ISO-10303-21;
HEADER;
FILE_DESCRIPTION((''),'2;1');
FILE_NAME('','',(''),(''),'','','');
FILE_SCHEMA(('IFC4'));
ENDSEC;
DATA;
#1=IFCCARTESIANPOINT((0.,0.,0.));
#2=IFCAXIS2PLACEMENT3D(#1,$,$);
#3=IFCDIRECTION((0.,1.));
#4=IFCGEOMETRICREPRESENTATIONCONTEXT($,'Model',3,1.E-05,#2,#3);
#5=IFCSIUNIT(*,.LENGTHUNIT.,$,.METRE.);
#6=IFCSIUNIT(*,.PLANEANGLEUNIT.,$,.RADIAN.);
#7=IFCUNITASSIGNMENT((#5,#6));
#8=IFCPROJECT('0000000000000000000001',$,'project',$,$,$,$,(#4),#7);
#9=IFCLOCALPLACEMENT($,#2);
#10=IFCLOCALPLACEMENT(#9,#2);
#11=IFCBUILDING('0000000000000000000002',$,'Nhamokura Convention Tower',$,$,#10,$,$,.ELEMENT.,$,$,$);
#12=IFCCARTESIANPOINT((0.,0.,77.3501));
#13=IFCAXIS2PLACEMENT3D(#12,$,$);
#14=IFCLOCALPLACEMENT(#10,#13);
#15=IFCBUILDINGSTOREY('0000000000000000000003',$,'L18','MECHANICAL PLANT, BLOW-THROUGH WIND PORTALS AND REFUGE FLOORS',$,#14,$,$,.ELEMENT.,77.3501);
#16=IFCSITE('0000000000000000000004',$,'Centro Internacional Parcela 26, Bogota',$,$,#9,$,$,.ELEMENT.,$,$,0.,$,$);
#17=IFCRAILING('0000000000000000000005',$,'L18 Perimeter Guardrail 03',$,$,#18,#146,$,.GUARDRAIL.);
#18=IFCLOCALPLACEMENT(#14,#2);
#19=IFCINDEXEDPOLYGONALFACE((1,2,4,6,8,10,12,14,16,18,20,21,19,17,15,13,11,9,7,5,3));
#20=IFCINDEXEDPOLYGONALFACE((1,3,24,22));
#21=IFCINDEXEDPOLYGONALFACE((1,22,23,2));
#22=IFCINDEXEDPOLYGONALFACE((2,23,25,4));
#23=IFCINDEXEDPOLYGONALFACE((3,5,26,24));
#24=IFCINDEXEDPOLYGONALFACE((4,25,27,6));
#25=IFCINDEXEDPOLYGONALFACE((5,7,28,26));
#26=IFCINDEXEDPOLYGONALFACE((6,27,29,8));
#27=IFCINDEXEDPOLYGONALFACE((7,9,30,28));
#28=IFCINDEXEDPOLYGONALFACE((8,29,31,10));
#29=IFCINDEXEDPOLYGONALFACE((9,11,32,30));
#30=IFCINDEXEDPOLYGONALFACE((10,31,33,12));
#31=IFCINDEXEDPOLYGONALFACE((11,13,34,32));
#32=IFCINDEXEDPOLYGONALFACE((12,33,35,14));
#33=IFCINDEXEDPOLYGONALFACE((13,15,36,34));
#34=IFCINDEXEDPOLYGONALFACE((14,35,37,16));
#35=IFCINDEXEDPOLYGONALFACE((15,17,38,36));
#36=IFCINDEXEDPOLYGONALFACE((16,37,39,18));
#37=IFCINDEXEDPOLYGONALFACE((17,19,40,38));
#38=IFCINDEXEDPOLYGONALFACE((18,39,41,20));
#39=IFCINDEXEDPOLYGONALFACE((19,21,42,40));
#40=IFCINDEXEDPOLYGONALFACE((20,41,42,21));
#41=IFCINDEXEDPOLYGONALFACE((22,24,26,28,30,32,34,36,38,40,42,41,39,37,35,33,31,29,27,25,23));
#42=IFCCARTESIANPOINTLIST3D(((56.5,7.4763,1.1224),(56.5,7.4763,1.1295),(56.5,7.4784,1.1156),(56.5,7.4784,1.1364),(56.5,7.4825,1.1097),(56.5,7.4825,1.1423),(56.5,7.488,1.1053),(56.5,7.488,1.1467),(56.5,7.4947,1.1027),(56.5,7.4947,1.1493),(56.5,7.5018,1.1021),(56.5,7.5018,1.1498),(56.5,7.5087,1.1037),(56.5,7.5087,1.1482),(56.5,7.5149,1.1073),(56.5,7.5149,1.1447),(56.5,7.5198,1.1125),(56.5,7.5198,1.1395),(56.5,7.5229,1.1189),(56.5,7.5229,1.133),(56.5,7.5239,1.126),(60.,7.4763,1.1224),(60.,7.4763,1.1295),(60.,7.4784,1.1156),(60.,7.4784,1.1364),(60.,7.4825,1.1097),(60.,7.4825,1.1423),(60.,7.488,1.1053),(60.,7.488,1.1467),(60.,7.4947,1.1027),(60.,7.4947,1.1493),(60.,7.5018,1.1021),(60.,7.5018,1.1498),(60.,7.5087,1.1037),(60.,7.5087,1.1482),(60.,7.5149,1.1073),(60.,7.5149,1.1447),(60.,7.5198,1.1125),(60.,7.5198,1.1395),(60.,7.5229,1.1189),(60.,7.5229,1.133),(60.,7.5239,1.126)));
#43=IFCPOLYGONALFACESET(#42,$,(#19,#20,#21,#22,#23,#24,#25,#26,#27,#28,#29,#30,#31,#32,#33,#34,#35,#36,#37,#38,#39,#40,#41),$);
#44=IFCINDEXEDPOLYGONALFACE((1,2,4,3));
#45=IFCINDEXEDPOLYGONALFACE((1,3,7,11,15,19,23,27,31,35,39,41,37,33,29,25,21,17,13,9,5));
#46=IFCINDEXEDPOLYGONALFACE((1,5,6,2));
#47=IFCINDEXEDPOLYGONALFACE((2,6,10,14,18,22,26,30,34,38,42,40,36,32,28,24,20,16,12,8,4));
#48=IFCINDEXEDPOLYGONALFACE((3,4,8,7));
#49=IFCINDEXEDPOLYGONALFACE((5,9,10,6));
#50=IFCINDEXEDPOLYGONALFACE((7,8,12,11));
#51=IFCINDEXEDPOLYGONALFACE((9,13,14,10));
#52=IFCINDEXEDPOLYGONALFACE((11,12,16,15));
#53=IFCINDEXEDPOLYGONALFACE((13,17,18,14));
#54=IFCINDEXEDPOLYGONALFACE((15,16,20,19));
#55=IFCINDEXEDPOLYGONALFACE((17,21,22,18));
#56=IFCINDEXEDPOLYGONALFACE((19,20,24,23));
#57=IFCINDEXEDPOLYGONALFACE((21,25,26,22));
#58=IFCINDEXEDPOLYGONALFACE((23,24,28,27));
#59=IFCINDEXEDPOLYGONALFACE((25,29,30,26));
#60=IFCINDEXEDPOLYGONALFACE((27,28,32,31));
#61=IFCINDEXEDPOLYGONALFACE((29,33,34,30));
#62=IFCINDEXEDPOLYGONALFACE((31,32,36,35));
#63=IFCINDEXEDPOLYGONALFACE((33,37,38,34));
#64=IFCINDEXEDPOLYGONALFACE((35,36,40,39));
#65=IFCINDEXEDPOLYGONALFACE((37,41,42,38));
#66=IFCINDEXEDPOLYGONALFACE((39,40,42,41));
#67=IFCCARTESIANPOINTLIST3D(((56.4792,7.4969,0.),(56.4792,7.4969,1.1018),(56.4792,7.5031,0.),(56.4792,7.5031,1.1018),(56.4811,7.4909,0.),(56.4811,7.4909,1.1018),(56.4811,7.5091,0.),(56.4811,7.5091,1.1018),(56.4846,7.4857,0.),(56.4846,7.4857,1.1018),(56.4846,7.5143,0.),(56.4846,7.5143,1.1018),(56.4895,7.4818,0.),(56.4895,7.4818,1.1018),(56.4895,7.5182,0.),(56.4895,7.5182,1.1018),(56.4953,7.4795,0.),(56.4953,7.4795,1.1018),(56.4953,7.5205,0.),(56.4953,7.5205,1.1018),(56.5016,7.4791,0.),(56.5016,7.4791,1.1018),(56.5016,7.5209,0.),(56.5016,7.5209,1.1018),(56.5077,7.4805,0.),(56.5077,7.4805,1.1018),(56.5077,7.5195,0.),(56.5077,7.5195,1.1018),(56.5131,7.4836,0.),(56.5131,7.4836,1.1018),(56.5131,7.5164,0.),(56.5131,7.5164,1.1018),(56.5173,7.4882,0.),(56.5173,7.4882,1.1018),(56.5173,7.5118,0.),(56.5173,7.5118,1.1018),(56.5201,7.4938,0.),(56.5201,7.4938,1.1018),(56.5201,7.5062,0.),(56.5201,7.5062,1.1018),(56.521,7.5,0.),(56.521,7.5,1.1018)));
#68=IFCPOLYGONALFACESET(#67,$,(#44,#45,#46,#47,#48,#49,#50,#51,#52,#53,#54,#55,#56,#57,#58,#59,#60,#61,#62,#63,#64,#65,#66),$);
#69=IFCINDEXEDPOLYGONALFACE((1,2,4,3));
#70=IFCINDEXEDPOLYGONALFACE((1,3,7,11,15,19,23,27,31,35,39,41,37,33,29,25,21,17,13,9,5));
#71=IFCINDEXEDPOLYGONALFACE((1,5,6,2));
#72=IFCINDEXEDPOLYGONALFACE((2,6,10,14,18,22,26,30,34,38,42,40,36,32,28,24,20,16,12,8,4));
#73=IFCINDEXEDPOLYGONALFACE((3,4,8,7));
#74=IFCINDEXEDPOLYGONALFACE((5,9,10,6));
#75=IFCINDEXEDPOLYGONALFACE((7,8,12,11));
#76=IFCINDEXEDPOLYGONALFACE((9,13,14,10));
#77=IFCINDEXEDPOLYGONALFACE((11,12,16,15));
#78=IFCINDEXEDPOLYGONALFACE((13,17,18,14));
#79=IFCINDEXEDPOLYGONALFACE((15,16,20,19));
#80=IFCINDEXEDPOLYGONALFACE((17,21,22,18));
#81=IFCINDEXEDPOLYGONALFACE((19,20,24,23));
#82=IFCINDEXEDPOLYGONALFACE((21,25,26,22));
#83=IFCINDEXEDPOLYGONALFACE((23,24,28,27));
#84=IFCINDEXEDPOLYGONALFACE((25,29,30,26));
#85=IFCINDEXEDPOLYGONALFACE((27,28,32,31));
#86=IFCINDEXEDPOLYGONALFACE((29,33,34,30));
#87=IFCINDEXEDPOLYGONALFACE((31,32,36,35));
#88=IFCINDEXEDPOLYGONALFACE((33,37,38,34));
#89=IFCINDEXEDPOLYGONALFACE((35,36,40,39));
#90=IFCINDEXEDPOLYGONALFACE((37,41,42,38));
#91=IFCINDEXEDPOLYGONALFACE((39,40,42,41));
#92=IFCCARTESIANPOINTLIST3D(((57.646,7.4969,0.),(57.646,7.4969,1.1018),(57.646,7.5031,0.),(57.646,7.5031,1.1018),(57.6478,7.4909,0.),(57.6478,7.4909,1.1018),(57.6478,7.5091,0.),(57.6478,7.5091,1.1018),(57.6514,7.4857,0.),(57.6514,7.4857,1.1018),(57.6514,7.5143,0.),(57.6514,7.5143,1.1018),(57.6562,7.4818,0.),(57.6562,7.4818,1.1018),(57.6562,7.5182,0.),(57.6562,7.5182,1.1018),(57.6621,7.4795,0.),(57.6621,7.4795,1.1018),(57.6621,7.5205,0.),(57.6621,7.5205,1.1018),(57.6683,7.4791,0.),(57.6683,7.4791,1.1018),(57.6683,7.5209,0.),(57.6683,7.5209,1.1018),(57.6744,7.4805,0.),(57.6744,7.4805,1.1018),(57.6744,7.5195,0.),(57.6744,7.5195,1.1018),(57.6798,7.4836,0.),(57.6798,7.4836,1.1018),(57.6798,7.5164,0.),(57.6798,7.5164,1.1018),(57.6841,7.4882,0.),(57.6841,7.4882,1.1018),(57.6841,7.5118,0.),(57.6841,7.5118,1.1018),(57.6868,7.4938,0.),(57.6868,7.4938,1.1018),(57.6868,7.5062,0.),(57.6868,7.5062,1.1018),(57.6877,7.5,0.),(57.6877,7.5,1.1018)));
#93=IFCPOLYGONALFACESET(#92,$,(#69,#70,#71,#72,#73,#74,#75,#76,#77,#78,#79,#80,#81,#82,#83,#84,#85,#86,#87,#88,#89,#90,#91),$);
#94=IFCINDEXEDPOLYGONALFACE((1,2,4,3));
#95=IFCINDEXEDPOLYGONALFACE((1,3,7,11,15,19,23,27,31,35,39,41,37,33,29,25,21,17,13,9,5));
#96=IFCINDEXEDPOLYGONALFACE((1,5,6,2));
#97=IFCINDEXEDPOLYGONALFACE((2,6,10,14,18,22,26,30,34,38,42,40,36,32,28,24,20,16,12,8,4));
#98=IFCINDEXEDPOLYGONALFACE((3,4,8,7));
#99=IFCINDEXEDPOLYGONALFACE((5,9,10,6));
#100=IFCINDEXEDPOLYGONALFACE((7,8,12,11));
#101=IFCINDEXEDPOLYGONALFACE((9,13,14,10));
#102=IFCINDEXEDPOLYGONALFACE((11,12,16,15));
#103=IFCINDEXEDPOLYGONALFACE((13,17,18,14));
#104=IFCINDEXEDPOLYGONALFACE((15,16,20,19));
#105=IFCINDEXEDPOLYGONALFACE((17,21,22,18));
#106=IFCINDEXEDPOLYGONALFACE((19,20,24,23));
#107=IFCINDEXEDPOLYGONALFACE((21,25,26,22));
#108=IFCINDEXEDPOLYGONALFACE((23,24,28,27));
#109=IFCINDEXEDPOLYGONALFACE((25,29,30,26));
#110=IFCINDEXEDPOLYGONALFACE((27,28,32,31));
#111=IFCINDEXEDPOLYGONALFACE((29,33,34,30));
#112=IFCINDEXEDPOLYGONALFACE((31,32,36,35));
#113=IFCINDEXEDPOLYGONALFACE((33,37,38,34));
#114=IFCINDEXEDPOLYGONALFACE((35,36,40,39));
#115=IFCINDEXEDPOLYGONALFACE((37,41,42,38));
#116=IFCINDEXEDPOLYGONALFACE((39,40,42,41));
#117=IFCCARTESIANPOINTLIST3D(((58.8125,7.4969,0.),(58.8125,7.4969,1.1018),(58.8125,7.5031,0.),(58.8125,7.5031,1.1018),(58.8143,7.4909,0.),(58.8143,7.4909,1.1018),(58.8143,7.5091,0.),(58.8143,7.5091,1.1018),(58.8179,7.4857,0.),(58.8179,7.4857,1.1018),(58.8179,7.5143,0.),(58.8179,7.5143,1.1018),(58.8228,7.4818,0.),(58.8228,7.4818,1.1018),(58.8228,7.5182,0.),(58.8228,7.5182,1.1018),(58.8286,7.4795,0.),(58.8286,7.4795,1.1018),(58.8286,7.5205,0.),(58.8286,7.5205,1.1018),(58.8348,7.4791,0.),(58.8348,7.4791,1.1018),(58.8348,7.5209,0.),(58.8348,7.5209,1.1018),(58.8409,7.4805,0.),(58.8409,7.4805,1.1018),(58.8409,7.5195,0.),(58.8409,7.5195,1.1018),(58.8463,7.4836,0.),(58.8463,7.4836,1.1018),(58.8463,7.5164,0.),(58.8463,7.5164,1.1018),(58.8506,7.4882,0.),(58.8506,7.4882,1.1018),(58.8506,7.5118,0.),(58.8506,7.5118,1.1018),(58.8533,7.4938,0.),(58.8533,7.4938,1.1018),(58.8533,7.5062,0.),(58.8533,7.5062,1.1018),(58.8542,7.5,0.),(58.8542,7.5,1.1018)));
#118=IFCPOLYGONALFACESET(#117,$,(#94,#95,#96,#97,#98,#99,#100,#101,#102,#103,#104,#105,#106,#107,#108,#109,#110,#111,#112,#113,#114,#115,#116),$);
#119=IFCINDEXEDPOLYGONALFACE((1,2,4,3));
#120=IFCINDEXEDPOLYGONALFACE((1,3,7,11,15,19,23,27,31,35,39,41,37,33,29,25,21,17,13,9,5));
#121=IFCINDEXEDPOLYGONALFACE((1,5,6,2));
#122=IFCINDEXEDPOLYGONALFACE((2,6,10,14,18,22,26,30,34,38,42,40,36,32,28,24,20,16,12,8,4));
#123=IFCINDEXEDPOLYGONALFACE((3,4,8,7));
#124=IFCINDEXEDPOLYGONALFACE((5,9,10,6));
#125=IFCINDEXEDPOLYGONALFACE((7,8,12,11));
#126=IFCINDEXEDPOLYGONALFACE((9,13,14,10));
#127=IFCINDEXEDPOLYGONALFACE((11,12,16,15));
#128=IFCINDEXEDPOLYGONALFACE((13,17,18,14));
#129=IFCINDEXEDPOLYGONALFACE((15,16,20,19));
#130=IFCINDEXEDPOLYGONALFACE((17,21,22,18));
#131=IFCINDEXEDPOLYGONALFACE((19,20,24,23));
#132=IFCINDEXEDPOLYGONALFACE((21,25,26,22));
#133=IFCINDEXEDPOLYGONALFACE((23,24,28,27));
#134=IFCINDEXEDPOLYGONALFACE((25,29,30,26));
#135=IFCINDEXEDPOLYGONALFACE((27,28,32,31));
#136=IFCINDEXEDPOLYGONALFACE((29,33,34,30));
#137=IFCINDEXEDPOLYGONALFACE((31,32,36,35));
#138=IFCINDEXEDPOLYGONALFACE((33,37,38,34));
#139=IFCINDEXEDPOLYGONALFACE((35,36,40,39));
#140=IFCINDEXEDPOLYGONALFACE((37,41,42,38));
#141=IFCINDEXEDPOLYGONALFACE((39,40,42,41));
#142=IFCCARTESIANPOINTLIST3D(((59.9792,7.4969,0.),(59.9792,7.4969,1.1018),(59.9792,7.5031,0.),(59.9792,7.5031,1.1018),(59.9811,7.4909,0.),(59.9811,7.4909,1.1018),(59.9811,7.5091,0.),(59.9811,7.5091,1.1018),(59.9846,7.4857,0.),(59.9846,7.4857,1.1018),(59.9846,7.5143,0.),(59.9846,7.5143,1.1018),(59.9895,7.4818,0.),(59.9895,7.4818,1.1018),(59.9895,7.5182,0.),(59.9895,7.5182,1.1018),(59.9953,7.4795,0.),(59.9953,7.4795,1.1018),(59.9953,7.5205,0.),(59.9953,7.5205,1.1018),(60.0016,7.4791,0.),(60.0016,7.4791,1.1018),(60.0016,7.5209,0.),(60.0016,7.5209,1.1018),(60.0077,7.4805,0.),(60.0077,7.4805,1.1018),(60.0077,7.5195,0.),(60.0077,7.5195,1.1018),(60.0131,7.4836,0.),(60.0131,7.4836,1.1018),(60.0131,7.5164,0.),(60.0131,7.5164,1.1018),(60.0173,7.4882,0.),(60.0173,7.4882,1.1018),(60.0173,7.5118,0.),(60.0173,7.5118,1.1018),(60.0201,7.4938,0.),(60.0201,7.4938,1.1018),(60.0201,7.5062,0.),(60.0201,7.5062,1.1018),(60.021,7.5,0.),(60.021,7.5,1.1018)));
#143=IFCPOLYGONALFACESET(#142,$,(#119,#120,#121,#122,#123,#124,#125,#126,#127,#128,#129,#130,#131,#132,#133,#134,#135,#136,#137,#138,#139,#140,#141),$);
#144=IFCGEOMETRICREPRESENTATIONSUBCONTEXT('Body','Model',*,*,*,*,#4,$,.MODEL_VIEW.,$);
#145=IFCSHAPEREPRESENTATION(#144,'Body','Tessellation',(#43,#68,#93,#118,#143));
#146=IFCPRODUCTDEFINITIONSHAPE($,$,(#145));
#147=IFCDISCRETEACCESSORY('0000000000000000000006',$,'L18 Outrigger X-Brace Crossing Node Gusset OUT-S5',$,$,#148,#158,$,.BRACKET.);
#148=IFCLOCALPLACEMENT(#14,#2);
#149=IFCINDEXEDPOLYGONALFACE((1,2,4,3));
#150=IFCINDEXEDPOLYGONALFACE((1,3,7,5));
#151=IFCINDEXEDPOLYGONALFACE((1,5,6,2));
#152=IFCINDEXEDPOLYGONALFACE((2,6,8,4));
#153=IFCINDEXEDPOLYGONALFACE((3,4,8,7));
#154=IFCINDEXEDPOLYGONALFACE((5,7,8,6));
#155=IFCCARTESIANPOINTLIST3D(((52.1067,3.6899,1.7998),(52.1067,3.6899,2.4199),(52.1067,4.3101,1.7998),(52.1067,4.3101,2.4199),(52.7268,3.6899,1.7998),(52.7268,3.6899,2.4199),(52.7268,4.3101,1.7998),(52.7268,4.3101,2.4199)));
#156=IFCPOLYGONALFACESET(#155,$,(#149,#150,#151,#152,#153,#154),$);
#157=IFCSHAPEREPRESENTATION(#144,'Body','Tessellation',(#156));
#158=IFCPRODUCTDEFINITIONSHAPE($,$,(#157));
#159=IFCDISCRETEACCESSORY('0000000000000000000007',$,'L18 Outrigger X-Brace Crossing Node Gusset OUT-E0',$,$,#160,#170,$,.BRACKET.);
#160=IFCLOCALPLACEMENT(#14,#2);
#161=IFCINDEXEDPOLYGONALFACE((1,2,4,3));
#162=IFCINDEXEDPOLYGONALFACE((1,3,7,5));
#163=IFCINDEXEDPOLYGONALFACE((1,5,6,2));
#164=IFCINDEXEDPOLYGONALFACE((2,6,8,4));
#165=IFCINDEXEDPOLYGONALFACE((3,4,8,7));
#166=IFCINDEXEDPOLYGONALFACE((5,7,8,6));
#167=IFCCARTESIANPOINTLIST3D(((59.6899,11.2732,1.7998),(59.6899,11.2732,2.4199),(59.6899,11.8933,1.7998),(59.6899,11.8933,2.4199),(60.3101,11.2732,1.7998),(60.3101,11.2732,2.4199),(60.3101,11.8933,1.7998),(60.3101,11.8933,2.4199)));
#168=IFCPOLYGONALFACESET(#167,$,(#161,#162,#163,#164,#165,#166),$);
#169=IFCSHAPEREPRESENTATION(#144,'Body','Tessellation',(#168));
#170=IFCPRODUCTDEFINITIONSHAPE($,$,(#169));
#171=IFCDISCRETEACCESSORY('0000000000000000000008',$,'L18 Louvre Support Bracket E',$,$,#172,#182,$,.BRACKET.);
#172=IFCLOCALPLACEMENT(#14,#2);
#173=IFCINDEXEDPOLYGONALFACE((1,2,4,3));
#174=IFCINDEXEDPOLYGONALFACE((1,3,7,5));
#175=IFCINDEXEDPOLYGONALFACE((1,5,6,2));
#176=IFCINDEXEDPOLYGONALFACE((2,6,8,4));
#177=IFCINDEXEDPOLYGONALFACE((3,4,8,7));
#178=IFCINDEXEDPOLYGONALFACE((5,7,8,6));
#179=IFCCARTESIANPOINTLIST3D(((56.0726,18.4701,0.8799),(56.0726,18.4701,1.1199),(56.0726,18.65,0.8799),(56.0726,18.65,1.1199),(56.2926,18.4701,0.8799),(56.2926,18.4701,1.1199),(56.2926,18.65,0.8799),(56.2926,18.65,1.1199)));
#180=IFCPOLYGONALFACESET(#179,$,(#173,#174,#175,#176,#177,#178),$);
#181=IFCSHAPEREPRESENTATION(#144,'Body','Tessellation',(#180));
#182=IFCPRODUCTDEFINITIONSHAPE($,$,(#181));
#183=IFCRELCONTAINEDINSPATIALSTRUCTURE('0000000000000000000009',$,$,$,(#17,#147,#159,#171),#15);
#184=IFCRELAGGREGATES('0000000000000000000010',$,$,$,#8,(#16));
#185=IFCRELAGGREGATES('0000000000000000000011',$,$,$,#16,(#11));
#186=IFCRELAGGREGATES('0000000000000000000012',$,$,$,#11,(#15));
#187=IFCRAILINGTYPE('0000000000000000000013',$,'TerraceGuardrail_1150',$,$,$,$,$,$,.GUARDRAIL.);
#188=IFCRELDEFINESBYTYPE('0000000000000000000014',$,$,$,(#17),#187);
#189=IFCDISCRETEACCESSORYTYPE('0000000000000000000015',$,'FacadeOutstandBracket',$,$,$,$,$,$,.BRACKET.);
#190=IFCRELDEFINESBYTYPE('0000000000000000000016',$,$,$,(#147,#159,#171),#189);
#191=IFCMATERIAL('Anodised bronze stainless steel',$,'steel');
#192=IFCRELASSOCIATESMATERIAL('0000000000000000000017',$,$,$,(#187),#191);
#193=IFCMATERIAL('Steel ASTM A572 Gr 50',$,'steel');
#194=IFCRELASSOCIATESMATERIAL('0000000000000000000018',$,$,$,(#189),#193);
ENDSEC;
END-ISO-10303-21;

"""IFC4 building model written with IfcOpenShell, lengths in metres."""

from ifc_helpers import new_model, si_unit, direction, frame, origin, origin_2d, place, context, subcontext, project, spatial, rectangle, circle, extrude, material, type_object, element, save


model = new_model("IFC4")

# Units and contexts
model_context = context("Model", 3, precision=1e-05, world=origin(), true_north=direction((0.0, 1.0)))
body_context = subcontext(model_context, "Body", "Model", "MODEL_VIEW")
ifc_project = project(units=[si_unit("LENGTHUNIT", "METRE"), si_unit("PLANEANGLEUNIT", "RADIAN")], contexts=[model_context])

# Site, building, storey
site_placement = place(None, origin())
site = spatial("IfcSite", under=ifc_project, at=site_placement, Name="Centro Internacional Parcela 26, Bogota", CompositionType="ELEMENT", RefElevation=0.0)
building_placement = place(site_placement, origin())
building = spatial("IfcBuilding", under=site, at=building_placement, Name="Nhamokura Convention Tower", CompositionType="ELEMENT")
storey_placement = place(building_placement, frame((0.0, 0.0, 77.3501)))
storey = spatial("IfcBuildingStorey", under=building, at=storey_placement, Name="L18", Description="MECHANICAL PLANT, BLOW-THROUGH WIND PORTALS AND REFUGE FLOORS", CompositionType="ELEMENT", Elevation=77.3501)

# Railing
ifc_material_1 = material(Name="Anodised bronze stainless steel", Category="steel")
railing_type = type_object("IfcRailingType", Name="TerraceGuardrail_1150", PredefinedType="GUARDRAIL", material=ifc_material_1)
railing_1_placement = place(storey_placement, frame((56.5, 7.5, 0.0)))
element("IfcRailing", 1, at=railing_1_placement, inside=storey, type_object=railing_type, Name="L18 Perimeter Guardrail 03", PredefinedType="GUARDRAIL", context=body_context, shape_type="SweptSolid", body=[
    extrude(circle(Radius=0.0239, at=origin_2d()), frame((0.0, 0.0, 1.126), z_axis=(1.0, 0.0, 0.0), x_axis=(0.0, 1.0, 0.0)), (0.0, 0.0, 1.0), 3.5),
    extrude(circle(Radius=0.021, at=origin_2d()), origin(), (0.0, 0.0, 1.0), 1.1018),
    extrude(circle(Radius=0.021, at=origin_2d()), frame((1.1667, 0.0, 0.0)), (0.0, 0.0, 1.0), 1.1018),
    extrude(circle(Radius=0.021, at=origin_2d()), frame((2.3333, 0.0, 0.0)), (0.0, 0.0, 1.0), 1.1018),
    extrude(circle(Radius=0.021, at=origin_2d()), frame((3.5, 0.0, 0.0)), (0.0, 0.0, 1.0), 1.1018),
])

# Discrete accessories
ifc_material_2 = material(Name="Steel ASTM A572 Gr 50", Category="steel")
discrete_accessory_type = type_object("IfcDiscreteAccessoryType", Name="FacadeOutstandBracket", PredefinedType="BRACKET", material=ifc_material_2)
for number, where, z_axis, x_axis, name in (
    (2, (52.4167, 4.0, 1.7998), (0.0, 0.0, 1.0), (1.0, 0.0, 0.0), "L18 Outrigger X-Brace Crossing Node Gusset OUT-S5"),
    (3, (60.0, 11.5833, 1.7998), (0.0, 0.0, 1.0), (1.0, 0.0, 0.0), "L18 Outrigger X-Brace Crossing Node Gusset OUT-E0"),
):
    element("IfcDiscreteAccessory", number, at=place(storey_placement, frame(where, z_axis=z_axis, x_axis=x_axis)), inside=storey, type_object=discrete_accessory_type, Name=name, PredefinedType="BRACKET", context=body_context, shape_type="SweptSolid", body=[
        extrude(rectangle(XDim=0.6201, YDim=0.6201, at=origin_2d()), origin(), (0.0, 0.0, 1.0), 0.6201),
    ])
discrete_accessory_placement = place(storey_placement, frame((56.1826, 18.5601, 0.8799), z_axis=(0.0, 0.0, 1.0), x_axis=(0.0, -1.0, 0.0)))
element("IfcDiscreteAccessory", 4, at=discrete_accessory_placement, inside=storey, type_object=discrete_accessory_type, Name="L18 Louvre Support Bracket E", PredefinedType="BRACKET", context=body_context, shape_type="SweptSolid", body=[
    extrude(rectangle(XDim=0.1799, YDim=0.22, at=origin_2d()), origin(), (0.0, 0.0, 1.0), 0.24),
])

save(model, "model.ifc")
